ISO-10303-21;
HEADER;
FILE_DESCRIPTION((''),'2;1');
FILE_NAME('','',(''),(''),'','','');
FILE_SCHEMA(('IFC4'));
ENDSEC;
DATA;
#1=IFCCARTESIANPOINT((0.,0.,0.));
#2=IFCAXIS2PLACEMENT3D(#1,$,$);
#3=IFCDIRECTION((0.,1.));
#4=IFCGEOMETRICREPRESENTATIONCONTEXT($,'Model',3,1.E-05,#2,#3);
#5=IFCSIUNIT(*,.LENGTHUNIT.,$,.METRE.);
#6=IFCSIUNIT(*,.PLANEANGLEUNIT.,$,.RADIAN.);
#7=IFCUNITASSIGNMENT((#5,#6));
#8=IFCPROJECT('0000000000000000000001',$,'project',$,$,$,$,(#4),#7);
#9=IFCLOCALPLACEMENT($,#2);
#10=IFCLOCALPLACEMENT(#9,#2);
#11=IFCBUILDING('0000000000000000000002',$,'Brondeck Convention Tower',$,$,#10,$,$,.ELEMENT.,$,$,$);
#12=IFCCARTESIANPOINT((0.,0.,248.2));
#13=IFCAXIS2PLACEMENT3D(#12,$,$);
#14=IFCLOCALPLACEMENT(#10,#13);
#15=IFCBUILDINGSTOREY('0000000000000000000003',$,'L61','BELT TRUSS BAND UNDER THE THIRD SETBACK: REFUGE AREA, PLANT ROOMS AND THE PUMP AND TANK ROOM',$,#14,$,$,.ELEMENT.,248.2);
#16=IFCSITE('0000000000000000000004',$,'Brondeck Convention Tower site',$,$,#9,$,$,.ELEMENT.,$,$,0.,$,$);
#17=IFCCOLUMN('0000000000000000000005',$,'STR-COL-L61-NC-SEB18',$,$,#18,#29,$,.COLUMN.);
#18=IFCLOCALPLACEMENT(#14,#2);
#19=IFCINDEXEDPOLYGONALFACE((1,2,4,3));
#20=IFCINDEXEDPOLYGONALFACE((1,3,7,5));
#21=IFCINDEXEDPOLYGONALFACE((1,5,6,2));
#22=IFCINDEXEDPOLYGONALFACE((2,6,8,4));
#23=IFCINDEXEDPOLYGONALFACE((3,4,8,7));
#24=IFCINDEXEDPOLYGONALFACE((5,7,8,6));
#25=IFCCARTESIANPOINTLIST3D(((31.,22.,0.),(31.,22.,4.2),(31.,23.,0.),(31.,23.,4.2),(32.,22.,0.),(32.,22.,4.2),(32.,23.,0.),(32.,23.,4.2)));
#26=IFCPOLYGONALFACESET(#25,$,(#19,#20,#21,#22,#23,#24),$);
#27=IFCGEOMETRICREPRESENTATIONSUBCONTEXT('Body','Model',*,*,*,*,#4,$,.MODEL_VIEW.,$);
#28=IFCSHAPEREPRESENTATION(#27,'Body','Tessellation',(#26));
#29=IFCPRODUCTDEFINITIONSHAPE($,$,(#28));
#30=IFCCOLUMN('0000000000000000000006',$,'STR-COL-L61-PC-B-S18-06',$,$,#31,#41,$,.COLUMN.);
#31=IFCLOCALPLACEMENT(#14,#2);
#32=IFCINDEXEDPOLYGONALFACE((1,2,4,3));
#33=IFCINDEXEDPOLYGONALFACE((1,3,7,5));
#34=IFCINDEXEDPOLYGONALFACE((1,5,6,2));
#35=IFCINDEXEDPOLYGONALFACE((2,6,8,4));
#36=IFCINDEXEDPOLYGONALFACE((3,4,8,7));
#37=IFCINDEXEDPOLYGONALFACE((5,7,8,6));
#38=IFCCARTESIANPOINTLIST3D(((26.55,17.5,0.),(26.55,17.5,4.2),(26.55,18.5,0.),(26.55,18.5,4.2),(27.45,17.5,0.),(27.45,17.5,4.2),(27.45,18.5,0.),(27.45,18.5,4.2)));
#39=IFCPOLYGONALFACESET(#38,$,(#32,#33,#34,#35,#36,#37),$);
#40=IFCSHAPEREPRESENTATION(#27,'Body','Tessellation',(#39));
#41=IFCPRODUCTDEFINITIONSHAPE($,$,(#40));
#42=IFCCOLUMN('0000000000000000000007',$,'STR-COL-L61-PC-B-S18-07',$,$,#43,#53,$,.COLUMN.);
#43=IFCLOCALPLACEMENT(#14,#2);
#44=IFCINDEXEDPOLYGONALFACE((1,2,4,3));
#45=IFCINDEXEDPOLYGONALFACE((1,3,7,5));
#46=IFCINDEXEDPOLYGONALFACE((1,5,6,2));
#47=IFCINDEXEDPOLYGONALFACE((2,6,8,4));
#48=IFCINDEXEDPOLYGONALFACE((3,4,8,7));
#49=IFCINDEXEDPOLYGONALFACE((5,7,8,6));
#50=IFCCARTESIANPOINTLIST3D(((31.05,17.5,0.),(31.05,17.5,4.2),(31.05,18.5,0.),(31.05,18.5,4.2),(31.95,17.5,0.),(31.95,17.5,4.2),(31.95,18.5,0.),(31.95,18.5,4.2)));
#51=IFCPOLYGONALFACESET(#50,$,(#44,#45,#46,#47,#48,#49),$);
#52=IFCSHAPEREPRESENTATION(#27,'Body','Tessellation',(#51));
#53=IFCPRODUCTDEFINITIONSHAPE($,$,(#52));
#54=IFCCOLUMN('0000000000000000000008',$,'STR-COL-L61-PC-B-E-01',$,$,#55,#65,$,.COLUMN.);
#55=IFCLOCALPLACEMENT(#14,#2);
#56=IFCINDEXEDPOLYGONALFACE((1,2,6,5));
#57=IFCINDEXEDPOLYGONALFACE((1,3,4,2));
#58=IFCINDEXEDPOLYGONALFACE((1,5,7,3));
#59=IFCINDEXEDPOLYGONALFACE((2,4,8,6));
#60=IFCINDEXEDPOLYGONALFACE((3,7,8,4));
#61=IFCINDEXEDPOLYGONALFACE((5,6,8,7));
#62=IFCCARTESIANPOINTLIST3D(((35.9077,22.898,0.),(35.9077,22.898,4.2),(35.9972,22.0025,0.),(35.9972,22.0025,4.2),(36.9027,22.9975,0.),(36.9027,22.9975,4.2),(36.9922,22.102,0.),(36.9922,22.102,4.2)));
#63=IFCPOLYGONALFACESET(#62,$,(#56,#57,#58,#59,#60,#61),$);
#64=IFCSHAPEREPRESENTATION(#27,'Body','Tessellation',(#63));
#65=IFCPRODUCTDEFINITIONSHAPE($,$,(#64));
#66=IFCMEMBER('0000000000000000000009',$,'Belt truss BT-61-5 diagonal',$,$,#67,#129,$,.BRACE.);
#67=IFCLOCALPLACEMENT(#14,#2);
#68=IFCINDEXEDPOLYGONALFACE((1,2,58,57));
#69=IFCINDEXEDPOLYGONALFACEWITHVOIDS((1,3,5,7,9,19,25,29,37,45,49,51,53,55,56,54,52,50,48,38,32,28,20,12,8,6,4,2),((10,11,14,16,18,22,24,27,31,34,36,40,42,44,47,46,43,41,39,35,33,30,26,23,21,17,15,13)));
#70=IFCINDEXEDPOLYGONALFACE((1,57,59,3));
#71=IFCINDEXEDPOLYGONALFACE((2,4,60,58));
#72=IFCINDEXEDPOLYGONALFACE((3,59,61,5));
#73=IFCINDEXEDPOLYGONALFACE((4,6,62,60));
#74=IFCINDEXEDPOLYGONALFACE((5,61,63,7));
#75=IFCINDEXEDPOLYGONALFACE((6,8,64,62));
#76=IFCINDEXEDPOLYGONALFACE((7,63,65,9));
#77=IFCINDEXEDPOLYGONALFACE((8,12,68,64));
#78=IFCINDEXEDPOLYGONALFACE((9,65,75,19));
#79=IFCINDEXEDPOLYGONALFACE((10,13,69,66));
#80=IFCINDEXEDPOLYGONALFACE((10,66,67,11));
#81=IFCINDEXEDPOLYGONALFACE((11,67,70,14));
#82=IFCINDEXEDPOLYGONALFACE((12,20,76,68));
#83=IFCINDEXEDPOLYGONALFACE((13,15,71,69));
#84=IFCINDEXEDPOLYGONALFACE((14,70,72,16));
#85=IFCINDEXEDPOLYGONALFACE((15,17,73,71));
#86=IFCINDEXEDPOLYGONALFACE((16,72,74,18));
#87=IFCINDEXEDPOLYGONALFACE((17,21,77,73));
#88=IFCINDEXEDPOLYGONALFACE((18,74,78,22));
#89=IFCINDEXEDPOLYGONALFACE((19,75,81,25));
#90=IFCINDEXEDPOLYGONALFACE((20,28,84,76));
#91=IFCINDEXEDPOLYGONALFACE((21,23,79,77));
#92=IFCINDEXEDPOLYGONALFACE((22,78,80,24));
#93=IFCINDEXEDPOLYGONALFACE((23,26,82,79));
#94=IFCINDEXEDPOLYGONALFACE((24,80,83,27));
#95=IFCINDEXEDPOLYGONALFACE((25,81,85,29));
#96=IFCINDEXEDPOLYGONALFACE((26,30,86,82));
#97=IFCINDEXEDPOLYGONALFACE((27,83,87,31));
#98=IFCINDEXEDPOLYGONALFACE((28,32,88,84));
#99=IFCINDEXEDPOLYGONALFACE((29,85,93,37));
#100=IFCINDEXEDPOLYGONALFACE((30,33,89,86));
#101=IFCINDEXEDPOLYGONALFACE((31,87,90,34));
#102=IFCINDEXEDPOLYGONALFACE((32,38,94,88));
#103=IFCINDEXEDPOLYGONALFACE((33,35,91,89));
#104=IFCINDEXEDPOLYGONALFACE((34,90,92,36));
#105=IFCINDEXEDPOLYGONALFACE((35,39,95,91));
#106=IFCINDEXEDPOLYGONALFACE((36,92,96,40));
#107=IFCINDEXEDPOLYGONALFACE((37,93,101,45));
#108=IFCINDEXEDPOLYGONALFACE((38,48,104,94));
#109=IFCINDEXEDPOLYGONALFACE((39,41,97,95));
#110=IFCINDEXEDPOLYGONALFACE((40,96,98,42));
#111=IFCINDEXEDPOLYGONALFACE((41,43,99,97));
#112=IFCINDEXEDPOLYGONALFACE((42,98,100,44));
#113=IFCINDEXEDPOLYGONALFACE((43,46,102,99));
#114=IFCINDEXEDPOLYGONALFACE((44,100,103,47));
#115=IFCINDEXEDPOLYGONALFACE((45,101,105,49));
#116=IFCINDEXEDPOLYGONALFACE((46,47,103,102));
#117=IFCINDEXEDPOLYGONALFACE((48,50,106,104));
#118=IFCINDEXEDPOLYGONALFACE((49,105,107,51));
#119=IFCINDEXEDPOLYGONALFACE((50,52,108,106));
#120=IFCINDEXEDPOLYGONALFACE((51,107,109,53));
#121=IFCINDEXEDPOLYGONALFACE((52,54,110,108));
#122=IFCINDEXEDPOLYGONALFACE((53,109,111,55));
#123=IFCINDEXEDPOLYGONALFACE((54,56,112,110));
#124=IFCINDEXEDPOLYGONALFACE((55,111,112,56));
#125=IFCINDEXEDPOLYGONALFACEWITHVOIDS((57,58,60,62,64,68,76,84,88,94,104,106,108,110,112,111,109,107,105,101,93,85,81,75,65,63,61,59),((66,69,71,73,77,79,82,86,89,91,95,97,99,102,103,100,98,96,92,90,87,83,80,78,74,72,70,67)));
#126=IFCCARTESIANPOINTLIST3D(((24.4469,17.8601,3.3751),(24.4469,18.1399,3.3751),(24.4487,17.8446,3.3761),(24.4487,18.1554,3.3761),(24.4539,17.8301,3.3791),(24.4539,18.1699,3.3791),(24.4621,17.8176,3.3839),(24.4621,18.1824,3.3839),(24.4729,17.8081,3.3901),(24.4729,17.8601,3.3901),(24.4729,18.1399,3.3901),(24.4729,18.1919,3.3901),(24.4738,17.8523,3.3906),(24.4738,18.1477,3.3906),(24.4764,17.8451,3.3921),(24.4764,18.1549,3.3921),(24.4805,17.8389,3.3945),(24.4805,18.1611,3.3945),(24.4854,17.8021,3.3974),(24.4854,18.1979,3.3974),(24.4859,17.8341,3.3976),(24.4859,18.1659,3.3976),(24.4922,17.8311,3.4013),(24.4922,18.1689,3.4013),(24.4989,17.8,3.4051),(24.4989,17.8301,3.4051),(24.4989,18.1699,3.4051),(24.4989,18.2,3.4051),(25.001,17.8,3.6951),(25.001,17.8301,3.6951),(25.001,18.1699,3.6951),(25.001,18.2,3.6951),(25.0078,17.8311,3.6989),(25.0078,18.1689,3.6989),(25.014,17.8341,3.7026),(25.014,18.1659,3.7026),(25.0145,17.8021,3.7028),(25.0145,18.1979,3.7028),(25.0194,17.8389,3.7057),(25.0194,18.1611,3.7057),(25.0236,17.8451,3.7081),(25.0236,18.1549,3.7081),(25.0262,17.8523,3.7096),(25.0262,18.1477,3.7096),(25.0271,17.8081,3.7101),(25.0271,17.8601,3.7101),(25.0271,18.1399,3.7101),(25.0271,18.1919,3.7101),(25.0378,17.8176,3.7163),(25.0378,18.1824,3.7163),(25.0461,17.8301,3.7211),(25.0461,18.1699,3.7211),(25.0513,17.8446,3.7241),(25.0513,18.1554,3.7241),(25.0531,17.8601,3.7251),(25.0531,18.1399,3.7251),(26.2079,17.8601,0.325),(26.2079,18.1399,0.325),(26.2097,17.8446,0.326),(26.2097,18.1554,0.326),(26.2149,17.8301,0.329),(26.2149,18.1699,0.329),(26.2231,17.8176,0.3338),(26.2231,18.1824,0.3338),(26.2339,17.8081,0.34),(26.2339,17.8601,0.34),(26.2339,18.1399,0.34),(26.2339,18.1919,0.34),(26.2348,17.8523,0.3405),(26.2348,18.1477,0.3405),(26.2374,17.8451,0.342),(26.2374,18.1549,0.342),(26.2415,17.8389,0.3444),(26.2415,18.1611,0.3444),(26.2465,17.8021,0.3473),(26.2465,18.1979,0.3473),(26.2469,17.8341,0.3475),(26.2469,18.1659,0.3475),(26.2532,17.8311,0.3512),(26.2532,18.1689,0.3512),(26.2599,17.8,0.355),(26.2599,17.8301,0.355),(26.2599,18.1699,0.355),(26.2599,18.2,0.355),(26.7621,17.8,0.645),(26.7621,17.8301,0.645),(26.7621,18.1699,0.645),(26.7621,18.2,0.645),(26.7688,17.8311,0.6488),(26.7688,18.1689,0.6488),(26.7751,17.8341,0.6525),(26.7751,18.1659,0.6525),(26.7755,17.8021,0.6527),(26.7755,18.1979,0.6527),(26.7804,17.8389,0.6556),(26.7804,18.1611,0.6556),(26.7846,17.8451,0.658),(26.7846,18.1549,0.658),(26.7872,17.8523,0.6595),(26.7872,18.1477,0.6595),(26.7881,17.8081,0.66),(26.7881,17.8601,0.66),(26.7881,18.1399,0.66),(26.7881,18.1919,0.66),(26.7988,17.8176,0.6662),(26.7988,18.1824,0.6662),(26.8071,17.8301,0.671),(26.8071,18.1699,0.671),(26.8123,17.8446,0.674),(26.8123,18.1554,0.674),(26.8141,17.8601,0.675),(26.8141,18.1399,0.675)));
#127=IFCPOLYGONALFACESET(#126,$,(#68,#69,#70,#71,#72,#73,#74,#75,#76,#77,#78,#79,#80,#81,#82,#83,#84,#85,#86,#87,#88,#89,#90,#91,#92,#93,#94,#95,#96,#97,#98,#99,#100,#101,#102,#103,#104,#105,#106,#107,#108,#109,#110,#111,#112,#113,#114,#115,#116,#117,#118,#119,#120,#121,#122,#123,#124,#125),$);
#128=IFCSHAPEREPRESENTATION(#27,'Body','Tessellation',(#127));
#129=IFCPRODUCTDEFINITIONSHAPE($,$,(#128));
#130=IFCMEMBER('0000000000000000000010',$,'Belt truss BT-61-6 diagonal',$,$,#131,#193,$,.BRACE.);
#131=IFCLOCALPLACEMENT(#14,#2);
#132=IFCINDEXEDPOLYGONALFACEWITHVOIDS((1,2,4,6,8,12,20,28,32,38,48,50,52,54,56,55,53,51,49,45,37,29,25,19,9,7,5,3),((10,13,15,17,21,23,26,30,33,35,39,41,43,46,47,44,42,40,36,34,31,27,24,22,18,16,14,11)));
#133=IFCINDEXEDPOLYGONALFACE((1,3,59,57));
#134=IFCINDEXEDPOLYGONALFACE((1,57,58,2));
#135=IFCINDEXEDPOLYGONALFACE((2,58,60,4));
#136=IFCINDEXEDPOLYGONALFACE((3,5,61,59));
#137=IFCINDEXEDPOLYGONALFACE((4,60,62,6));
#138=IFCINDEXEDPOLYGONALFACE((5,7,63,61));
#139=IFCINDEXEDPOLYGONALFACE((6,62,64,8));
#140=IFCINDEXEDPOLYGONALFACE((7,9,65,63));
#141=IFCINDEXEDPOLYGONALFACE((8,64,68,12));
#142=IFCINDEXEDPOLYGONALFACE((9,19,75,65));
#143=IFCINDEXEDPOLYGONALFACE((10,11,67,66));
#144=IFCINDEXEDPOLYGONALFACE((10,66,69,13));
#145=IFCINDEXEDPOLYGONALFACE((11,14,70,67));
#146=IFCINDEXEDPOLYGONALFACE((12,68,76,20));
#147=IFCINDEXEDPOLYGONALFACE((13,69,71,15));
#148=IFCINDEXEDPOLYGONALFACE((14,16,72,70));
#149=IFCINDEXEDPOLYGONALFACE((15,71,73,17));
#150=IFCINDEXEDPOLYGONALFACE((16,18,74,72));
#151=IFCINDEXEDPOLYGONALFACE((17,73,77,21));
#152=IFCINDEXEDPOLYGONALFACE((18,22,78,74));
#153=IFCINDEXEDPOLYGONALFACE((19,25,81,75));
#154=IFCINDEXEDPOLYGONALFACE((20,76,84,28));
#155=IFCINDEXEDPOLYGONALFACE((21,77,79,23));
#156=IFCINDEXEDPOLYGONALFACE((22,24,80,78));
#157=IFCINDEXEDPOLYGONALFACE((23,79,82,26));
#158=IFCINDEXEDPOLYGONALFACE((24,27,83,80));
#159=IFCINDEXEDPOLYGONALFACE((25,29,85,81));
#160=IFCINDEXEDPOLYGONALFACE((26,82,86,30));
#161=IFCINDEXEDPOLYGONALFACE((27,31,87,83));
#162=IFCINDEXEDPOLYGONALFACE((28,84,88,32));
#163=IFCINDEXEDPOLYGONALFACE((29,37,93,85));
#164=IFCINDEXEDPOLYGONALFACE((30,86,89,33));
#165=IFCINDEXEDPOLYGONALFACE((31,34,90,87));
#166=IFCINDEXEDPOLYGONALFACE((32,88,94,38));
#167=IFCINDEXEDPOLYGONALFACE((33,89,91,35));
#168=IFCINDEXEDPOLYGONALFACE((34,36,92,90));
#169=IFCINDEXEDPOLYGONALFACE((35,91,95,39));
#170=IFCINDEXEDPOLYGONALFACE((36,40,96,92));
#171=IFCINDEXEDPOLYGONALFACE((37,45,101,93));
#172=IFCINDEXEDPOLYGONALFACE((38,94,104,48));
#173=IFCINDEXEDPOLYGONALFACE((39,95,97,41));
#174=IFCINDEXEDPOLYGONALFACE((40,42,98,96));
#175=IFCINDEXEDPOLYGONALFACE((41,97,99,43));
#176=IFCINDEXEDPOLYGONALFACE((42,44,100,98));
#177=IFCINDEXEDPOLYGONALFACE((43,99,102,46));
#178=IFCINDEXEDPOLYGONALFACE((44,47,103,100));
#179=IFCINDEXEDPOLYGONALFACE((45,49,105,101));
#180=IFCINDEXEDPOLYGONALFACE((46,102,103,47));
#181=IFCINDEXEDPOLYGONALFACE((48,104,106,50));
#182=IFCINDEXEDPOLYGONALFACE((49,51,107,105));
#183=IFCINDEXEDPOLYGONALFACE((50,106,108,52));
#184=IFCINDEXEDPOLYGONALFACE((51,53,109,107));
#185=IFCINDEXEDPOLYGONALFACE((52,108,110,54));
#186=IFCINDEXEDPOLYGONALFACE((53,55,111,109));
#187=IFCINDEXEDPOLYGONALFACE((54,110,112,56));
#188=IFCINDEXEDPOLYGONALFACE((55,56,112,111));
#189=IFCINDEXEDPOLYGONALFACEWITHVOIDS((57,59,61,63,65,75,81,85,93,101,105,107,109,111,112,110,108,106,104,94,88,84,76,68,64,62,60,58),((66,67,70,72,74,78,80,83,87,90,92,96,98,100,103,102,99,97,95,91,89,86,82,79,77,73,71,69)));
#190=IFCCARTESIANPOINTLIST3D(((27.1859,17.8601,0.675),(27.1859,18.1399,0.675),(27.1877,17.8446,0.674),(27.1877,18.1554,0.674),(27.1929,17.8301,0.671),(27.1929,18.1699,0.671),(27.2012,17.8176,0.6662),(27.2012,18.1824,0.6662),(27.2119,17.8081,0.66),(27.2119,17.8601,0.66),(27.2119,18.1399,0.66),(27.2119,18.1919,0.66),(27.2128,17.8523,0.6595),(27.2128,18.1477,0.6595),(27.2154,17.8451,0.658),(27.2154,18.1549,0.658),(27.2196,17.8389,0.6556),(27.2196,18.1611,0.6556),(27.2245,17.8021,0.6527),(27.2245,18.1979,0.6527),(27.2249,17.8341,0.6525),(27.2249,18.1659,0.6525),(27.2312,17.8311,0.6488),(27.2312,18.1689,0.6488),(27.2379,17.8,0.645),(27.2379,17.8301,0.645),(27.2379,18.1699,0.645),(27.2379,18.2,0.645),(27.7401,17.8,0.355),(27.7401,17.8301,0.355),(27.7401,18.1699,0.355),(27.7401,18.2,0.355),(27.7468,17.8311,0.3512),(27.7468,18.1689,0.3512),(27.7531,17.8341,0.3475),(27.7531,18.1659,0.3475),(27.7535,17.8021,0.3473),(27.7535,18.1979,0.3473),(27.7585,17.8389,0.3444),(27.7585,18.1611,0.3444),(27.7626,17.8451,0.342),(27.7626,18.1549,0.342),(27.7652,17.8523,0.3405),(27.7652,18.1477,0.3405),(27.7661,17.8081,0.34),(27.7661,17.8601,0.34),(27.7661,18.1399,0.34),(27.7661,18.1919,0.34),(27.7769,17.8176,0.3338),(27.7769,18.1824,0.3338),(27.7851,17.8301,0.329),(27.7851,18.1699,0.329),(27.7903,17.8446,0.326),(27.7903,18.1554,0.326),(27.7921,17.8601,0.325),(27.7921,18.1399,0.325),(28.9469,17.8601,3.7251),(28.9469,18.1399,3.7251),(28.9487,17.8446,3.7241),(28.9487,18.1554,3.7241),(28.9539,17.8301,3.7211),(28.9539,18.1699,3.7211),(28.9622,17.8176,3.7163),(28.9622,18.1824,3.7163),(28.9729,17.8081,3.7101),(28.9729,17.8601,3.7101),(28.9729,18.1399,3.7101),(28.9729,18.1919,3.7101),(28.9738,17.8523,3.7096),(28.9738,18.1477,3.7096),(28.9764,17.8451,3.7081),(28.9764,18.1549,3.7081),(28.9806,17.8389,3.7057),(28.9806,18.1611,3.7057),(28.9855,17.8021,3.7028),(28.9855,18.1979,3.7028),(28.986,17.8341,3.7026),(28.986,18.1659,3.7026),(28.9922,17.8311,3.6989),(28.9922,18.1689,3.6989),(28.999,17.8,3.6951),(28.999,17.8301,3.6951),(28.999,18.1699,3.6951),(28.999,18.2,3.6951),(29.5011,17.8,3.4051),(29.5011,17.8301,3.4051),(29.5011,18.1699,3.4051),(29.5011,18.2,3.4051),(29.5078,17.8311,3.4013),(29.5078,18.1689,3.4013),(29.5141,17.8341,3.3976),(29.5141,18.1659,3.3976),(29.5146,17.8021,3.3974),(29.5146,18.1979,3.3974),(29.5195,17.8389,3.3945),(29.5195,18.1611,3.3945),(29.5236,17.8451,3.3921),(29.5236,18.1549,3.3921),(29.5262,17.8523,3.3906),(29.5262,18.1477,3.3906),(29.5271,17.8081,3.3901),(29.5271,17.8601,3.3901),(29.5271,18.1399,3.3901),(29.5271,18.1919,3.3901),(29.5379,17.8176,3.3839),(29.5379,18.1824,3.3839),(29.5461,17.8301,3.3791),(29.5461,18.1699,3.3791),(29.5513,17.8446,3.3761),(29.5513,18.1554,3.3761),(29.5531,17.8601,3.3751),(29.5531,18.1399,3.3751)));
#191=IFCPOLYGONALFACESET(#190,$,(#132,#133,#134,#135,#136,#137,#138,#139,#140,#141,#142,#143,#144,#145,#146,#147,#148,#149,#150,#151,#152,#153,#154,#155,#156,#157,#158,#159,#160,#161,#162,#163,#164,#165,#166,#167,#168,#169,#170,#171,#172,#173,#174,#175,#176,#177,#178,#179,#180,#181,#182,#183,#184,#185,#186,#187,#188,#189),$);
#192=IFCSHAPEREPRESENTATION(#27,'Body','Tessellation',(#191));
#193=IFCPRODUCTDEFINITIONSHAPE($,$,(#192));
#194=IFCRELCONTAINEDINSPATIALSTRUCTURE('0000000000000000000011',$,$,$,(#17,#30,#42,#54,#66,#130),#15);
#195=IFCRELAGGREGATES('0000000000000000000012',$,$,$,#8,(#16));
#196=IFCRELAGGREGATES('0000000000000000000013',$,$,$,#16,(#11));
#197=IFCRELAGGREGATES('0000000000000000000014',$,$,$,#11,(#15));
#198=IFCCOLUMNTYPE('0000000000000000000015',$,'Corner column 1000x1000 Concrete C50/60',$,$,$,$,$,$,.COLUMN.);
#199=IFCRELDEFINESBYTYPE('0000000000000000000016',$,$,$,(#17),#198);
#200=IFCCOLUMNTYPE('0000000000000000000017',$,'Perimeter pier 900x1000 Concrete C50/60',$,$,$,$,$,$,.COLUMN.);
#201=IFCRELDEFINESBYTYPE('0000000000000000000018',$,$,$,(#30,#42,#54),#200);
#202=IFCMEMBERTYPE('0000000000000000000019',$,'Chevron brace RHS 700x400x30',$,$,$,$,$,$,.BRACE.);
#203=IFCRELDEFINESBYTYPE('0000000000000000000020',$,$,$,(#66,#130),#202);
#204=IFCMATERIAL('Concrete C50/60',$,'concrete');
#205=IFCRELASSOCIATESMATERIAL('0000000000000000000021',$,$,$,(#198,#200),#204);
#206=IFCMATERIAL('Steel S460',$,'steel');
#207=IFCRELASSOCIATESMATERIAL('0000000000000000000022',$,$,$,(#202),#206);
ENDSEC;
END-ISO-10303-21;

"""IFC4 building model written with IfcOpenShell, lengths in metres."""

from ifc_helpers import new_model, si_unit, direction, frame, origin, origin_2d, place, context, subcontext, project, spatial, rectangle, hollow_rectangle, extrude, material, material_profile, profile_set, type_object, element, save


model = new_model("IFC4")

# Units and contexts
model_context = context("Model", 3, precision=1e-05, world=origin(), true_north=direction((0.0, 1.0)))
body_context = subcontext(model_context, "Body", "Model", "MODEL_VIEW")
ifc_project = project(units=[si_unit("LENGTHUNIT", "METRE"), si_unit("PLANEANGLEUNIT", "RADIAN")], contexts=[model_context])

# Site, building, storey
site_placement = place(None, origin())
site = spatial("IfcSite", under=ifc_project, at=site_placement, Name="Brondeck Convention Tower site", CompositionType="ELEMENT", RefElevation=0.0)
building_placement = place(site_placement, origin())
building = spatial("IfcBuilding", under=site, at=building_placement, Name="Brondeck Convention Tower", CompositionType="ELEMENT")
storey_placement = place(building_placement, frame((0.0, 0.0, 248.2)))
storey = spatial("IfcBuildingStorey", under=building, at=storey_placement, Name="L61", Description="BELT TRUSS BAND UNDER THE THIRD SETBACK: REFUGE AREA, PLANT ROOMS AND THE PUMP AND TANK ROOM", CompositionType="ELEMENT", Elevation=248.2)

# Columns
ifc_material_1 = material(Name="Concrete C50/60", Category="concrete")
ifc_material_profile_1 = material_profile(ifc_material_1, rectangle(XDim=1.0, YDim=1.0, at=origin_2d()), Name="Corner column 1000x1000 Concrete C50/60")
ifc_profile_set_1 = profile_set([ifc_material_profile_1], Name="Concrete C50/60")
column_type_1 = type_object("IfcColumnType", Name="Corner column 1000x1000 Concrete C50/60", PredefinedType="COLUMN", material=ifc_profile_set_1)
column_placement = place(storey_placement, frame((31.5, 22.5, 0.0), z_axis=(0.0, 0.0, 1.0), x_axis=(1.0, 0.0, 0.0)))
element("IfcColumn", 1, at=column_placement, inside=storey, type_object=column_type_1, Name="STR-COL-L61-NC-SEB18", PredefinedType="COLUMN", context=body_context, shape_type="SweptSolid", body=[
    extrude(rectangle(XDim=1.0, YDim=1.0, at=origin_2d()), origin(), (0.0, 0.0, 1.0), 4.2),
])
ifc_material_profile_2 = material_profile(ifc_material_1, rectangle(XDim=0.8999, YDim=1.0, at=origin_2d()), Name="Perimeter pier 900x1000 Concrete C50/60")
ifc_profile_set_2 = profile_set([ifc_material_profile_2], Name="Concrete C50/60")
column_type_2 = type_object("IfcColumnType", Name="Perimeter pier 900x1000 Concrete C50/60", PredefinedType="COLUMN", material=ifc_profile_set_2)
for number, where, z_axis, x_axis, name in (
    (2, (27.0, 18.0, 0.0), (0.0, 0.0, 1.0), (1.0, 0.0, 0.0), "STR-COL-L61-PC-B-S18-06"),
    (3, (31.5, 18.0, 0.0), (0.0, 0.0, 1.0), (1.0, 0.0, 0.0), "STR-COL-L61-PC-B-S18-07"),
    (4, (36.45, 22.5, 0.0), (0.0, 0.0, 1.0), (-0.099504, 0.995037, 0.0), "STR-COL-L61-PC-B-E-01"),
):
    element("IfcColumn", number, at=place(storey_placement, frame(where, z_axis=z_axis, x_axis=x_axis)), inside=storey, type_object=column_type_2, Name=name, PredefinedType="COLUMN", context=body_context, shape_type="SweptSolid", body=[
        extrude(rectangle(XDim=0.8999, YDim=1.0, at=origin_2d()), origin(), (0.0, 0.0, 1.0), 4.2),
    ])

# Members
ifc_material_2 = material(Name="Steel S460", Category="steel")
ifc_material_profile_3 = material_profile(ifc_material_2, hollow_rectangle(XDim=0.3999, YDim=0.7, WallThickness=0.03, InnerFilletRadius=0.03, OuterFilletRadius=0.0601, at=origin_2d()), Name="RHS 700x400x30")
ifc_profile_set_3 = profile_set([ifc_material_profile_3], Name="Steel S460")
member_type_1 = type_object("IfcMemberType", Name="Chevron brace RHS 700x400x30", PredefinedType="BRACE", material=ifc_profile_set_3)
for number, where, z_axis, x_axis, name in (
    (5, (26.511, 18.0, 0.5), (-0.500008, 0.0, 0.866021), (0.0, -1.0, 0.0), "Belt truss BT-61-5 diagonal"),
    (6, (27.489, 18.0, 0.5), (0.500008, 0.0, 0.866021), (0.0, 1.0, 0.0), "Belt truss BT-61-6 diagonal"),
):
    element("IfcMember", number, at=place(storey_placement, frame(where, z_axis=z_axis, x_axis=x_axis)), inside=storey, type_object=member_type_1, Name=name, PredefinedType="BRACE", context=body_context, shape_type="SweptSolid", body=[
        extrude(hollow_rectangle(XDim=0.3999, YDim=0.7, WallThickness=0.03, InnerFilletRadius=0.03, OuterFilletRadius=0.0601, at=origin_2d()), origin(), (0.0, 0.0, 1.0), 3.522),
    ])

save(model, "model.ifc")
